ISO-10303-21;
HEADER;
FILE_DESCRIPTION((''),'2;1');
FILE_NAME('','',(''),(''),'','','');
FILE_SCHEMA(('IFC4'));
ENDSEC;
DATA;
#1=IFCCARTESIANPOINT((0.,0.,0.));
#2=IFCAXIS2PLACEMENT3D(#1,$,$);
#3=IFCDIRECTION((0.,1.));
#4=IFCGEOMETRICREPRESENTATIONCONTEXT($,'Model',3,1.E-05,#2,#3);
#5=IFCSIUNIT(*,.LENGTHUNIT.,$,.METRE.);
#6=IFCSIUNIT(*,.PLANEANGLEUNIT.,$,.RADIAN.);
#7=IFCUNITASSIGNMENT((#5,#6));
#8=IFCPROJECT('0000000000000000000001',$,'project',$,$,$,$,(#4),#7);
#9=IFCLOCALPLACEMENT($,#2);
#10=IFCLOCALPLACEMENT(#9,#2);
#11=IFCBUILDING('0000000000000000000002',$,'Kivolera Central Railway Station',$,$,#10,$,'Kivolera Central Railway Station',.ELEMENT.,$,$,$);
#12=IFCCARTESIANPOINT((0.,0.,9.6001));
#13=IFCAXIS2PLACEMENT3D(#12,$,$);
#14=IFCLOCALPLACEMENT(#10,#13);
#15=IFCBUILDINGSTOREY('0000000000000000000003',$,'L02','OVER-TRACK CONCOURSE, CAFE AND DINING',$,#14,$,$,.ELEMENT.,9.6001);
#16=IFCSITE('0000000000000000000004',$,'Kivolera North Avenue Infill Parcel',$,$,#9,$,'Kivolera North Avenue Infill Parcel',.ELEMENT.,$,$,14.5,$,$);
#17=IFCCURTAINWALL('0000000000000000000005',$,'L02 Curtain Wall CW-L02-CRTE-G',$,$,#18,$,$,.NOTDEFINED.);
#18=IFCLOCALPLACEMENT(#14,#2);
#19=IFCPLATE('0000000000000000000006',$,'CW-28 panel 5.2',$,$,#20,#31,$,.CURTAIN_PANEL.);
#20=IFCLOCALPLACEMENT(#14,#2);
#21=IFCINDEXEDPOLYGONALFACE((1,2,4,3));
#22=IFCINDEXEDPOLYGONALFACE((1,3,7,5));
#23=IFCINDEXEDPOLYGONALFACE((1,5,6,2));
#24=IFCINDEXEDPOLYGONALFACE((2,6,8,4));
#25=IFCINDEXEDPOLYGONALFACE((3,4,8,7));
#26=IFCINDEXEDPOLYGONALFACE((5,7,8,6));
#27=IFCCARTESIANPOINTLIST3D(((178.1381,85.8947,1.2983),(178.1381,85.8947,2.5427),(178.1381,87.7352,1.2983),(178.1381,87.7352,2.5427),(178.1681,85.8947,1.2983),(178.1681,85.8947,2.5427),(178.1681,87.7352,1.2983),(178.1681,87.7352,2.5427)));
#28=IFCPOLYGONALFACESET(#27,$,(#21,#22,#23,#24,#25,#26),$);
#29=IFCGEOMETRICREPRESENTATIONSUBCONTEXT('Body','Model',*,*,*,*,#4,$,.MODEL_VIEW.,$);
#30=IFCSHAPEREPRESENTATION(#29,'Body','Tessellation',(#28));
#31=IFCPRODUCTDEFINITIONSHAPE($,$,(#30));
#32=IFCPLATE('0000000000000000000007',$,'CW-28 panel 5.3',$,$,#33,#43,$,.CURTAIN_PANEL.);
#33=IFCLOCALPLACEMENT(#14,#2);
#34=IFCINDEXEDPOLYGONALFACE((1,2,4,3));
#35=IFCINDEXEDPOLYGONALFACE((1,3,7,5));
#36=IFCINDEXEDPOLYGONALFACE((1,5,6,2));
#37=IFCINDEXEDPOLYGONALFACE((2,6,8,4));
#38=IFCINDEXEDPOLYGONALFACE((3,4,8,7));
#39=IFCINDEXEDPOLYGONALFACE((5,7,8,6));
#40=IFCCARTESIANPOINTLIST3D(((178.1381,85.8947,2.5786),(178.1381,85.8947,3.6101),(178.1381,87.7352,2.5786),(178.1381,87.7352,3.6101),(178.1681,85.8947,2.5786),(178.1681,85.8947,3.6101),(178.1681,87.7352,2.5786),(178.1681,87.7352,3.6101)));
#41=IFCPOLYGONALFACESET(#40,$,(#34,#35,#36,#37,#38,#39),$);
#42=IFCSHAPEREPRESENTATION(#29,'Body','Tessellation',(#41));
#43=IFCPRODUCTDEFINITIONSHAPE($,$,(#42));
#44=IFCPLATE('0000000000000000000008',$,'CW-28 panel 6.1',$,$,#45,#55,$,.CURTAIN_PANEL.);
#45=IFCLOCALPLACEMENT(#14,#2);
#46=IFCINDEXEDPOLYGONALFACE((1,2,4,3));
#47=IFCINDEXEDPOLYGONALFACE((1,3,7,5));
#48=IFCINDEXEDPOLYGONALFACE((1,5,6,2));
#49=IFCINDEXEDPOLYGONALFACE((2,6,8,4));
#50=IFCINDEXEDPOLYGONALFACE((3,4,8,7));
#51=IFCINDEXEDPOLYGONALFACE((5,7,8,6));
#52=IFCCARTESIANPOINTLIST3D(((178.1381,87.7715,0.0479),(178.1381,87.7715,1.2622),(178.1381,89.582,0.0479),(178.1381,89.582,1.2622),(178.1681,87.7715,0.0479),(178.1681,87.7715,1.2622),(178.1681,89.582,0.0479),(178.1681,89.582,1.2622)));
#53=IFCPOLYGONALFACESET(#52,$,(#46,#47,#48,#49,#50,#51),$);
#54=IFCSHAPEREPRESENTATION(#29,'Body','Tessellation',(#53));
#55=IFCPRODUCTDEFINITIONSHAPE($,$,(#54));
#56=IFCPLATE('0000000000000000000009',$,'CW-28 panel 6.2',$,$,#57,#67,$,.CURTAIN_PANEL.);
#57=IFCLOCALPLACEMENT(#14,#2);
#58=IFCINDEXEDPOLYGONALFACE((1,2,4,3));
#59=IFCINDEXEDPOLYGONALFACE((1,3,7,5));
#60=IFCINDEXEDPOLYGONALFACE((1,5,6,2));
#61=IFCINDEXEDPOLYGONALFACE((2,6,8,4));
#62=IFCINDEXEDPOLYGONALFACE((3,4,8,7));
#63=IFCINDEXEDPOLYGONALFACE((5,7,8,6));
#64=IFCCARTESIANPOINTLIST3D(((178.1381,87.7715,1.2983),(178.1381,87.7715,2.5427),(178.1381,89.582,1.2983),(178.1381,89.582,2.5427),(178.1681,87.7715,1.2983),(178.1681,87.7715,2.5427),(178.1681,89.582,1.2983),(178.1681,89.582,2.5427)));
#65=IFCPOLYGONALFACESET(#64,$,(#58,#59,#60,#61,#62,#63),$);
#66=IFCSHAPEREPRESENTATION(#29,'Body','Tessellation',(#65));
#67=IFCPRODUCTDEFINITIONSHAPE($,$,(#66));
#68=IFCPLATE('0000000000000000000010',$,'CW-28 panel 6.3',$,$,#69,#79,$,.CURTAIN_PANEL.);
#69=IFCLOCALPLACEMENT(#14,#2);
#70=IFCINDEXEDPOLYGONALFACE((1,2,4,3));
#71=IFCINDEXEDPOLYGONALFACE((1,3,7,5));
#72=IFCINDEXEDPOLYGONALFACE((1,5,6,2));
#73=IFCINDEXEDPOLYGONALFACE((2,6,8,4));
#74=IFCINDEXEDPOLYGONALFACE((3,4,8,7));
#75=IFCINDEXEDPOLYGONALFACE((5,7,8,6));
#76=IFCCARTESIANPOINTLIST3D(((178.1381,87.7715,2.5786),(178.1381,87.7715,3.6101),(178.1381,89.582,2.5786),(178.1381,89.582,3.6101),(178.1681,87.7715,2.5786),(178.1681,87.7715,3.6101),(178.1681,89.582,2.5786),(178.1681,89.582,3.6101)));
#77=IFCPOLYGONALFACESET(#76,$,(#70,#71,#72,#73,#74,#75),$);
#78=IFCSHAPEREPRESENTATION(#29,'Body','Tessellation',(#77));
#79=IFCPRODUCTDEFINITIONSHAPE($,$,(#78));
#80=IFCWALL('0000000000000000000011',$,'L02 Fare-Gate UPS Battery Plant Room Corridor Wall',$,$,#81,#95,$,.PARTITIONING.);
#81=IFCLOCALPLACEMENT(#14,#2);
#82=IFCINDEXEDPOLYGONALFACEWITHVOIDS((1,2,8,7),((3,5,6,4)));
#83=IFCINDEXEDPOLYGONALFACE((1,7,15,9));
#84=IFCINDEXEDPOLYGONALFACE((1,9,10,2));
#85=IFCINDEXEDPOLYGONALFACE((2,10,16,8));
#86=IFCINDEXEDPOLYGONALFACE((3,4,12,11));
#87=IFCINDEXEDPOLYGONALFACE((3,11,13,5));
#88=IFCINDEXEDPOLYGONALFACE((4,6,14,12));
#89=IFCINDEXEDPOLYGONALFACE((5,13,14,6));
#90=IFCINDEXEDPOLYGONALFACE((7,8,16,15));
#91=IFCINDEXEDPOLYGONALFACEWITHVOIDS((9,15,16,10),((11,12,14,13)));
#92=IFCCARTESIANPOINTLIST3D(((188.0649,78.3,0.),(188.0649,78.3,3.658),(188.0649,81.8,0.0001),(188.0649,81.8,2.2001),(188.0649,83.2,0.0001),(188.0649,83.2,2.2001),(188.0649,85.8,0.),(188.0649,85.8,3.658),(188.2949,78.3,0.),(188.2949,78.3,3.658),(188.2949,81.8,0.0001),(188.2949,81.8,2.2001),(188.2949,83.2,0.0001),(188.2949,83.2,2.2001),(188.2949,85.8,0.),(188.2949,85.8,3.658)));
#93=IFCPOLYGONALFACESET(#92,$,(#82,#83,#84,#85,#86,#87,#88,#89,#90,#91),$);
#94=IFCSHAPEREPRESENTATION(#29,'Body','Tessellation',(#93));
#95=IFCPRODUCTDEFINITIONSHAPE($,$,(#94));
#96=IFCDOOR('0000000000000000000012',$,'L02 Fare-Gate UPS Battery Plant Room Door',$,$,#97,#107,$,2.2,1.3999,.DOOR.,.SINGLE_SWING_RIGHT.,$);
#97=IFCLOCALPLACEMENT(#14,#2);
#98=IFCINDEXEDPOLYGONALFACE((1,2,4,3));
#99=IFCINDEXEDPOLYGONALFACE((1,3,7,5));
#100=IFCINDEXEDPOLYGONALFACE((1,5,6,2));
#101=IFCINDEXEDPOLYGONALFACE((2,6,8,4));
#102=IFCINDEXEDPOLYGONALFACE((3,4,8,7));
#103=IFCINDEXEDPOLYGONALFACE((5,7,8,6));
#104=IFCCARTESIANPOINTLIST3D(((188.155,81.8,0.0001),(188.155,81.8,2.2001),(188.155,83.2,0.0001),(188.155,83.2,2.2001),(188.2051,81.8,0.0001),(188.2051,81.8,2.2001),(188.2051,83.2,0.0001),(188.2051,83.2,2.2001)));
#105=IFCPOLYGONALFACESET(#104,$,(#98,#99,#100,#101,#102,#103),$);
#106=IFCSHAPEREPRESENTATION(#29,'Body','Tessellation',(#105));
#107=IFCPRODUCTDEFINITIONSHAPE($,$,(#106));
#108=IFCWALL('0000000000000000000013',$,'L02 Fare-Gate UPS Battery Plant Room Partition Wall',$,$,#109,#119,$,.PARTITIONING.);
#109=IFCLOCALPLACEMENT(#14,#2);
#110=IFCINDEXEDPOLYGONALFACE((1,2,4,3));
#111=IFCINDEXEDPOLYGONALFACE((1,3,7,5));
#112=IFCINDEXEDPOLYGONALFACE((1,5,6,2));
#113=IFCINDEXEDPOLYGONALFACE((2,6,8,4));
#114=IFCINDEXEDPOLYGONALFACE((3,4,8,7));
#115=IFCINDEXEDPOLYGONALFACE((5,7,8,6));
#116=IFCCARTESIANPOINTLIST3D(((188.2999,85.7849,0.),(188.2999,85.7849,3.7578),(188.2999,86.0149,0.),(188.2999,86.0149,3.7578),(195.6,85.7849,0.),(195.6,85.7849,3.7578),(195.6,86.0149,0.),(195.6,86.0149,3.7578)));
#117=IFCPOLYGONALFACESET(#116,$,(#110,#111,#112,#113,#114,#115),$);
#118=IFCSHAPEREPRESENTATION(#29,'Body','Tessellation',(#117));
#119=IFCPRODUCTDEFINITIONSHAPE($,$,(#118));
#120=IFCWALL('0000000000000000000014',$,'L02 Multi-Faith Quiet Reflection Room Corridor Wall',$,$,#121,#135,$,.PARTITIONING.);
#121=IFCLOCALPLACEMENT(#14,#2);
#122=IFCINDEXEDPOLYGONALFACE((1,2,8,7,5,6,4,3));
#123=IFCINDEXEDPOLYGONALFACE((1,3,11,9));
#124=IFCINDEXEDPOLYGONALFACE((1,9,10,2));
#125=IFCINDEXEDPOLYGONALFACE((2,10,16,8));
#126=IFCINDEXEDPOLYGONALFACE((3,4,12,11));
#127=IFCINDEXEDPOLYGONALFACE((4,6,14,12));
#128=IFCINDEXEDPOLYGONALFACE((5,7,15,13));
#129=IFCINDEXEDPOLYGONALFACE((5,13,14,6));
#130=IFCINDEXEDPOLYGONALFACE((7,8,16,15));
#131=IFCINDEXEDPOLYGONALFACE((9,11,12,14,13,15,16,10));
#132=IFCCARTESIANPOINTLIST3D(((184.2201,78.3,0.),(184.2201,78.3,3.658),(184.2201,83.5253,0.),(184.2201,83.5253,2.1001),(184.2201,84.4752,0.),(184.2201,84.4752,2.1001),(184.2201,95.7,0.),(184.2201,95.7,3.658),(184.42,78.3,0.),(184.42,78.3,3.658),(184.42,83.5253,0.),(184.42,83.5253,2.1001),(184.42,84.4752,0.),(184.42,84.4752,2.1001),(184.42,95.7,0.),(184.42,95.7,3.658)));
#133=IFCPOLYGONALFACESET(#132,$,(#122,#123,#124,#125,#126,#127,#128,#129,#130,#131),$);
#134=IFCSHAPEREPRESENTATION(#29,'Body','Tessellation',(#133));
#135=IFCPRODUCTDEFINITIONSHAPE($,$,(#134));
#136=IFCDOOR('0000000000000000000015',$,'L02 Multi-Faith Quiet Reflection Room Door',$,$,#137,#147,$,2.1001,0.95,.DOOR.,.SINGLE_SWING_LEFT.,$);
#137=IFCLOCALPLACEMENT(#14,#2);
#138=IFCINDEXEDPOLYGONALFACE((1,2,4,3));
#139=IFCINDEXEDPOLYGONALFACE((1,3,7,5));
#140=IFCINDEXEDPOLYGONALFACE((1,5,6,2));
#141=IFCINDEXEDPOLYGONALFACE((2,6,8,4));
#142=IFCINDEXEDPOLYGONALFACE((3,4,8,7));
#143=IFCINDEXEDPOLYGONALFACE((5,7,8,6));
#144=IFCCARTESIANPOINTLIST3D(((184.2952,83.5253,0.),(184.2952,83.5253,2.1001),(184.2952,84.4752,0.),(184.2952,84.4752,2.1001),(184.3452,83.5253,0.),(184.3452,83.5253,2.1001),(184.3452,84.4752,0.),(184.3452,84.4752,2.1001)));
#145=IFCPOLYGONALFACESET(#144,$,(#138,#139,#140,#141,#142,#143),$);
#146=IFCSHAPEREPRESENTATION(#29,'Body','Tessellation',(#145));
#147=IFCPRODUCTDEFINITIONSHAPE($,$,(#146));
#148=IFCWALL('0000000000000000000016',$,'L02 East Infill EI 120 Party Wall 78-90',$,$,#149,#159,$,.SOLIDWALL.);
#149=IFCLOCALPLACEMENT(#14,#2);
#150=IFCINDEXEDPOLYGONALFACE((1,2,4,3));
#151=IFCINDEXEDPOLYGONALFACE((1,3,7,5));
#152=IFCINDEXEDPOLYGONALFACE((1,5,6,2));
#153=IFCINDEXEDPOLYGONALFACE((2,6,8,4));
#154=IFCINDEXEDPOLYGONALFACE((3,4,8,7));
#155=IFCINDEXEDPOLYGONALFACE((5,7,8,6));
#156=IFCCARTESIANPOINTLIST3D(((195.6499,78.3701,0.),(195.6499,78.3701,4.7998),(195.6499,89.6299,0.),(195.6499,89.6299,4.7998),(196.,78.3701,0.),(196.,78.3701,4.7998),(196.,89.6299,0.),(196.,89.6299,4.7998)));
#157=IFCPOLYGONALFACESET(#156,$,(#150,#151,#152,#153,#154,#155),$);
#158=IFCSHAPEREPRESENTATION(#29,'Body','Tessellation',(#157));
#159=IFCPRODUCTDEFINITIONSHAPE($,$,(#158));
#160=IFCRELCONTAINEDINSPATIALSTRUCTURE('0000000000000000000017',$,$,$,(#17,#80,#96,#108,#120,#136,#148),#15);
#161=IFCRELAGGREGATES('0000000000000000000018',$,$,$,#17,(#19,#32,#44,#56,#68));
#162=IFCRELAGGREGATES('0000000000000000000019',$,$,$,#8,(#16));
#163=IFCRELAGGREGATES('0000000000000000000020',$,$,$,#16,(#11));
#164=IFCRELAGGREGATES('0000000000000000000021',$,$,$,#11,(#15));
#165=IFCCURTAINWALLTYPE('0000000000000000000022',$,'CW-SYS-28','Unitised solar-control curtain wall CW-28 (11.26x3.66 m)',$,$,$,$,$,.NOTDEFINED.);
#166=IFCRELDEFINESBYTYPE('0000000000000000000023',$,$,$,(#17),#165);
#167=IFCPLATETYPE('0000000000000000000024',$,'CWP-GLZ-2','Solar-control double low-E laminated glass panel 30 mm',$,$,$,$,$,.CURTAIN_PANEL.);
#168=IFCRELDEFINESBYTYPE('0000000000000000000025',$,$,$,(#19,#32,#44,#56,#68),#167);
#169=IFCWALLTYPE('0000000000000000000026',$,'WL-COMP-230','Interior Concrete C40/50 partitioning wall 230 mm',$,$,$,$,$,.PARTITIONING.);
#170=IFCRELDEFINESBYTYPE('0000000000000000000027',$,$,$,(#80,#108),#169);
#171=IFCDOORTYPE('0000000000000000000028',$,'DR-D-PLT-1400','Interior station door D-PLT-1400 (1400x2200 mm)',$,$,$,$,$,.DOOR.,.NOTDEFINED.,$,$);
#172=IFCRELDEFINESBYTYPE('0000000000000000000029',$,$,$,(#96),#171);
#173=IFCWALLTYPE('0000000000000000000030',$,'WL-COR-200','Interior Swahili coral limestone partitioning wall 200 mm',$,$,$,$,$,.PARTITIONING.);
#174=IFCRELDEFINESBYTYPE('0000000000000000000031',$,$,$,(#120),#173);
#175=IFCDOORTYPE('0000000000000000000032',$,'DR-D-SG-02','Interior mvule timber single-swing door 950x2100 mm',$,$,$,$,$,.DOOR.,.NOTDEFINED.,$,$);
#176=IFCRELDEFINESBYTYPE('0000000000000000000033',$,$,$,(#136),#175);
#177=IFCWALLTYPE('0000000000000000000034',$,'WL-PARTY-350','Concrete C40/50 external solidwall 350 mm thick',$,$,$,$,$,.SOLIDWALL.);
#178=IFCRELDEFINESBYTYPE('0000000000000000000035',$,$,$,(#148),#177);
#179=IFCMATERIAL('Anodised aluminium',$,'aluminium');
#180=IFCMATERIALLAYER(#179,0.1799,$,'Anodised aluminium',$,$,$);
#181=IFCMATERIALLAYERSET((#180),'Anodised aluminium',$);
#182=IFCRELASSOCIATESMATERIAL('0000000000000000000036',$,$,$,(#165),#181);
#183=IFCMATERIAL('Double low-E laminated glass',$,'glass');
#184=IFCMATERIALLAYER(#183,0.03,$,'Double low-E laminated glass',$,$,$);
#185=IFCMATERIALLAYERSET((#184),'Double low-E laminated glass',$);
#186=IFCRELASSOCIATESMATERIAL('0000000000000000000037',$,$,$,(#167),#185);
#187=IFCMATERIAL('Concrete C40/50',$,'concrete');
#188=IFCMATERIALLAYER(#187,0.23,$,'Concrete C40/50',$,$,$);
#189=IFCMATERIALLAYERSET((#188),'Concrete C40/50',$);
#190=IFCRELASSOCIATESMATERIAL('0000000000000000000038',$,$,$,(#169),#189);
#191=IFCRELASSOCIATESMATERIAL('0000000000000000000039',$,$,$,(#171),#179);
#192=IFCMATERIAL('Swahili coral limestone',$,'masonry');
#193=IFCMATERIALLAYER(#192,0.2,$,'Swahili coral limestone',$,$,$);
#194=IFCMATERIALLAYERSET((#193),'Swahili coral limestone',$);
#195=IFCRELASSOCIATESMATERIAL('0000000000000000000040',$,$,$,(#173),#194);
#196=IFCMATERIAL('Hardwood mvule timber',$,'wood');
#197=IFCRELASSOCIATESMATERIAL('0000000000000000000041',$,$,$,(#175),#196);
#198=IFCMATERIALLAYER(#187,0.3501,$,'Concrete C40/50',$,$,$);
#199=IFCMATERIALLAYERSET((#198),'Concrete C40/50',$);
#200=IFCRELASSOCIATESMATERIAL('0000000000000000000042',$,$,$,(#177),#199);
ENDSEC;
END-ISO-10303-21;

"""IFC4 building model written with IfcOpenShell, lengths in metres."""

from ifc_helpers import new_model, si_unit, direction, frame, frame_2d, origin, origin_2d, place, context, subcontext, project, spatial, rectangle, extrude, material, layer, layer_set, type_object, element, fill, aggregate, save


model = new_model("IFC4")

# Units and contexts
model_context = context("Model", 3, precision=1e-05, world=origin(), true_north=direction((0.0, 1.0)))
body_context = subcontext(model_context, "Body", "Model", "MODEL_VIEW")
ifc_project = project(units=[si_unit("LENGTHUNIT", "METRE"), si_unit("PLANEANGLEUNIT", "RADIAN")], contexts=[model_context])

# Site, building, storey
site_placement = place(None, origin())
site = spatial("IfcSite", under=ifc_project, at=site_placement, Name="Kivolera North Avenue Infill Parcel", LongName="Kivolera North Avenue Infill Parcel", CompositionType="ELEMENT", RefElevation=14.5)
building_placement = place(site_placement, origin())
building = spatial("IfcBuilding", under=site, at=building_placement, Name="Kivolera Central Railway Station", LongName="Kivolera Central Railway Station", CompositionType="ELEMENT")
storey_placement = place(building_placement, frame((0.0, 0.0, 9.6001)))
storey = spatial("IfcBuildingStorey", under=building, at=storey_placement, Name="L02", Description="OVER-TRACK CONCOURSE, CAFE AND DINING", CompositionType="ELEMENT", Elevation=9.6001)

# Shared definitions
ifc_material_1 = material(Name="Concrete C40/50", Category="concrete")

# Curtain wall, plates
ifc_material_2 = material(Name="Anodised aluminium", Category="aluminium")
ifc_layer_1 = layer(ifc_material_2, 0.1799, Name="Anodised aluminium")
ifc_layer_set_1 = layer_set([ifc_layer_1], Name="Anodised aluminium")
curtain_wall_type = type_object("IfcCurtainWallType", Name="CW-SYS-28", Description="Unitised solar-control curtain wall CW-28 (11.26x3.66 m)", PredefinedType="NOTDEFINED", material=ifc_layer_set_1)
curtain_wall_placement = place(storey_placement, origin())
curtain_wall = element("IfcCurtainWall", 1, at=curtain_wall_placement, inside=storey, type_object=curtain_wall_type, Name="L02 Curtain Wall CW-L02-CRTE-G", PredefinedType="NOTDEFINED")
ifc_material_3 = material(Name="Double low-E laminated glass", Category="glass")
ifc_layer_2 = layer(ifc_material_3, 0.03, Name="Double low-E laminated glass")
ifc_layer_set_2 = layer_set([ifc_layer_2], Name="Double low-E laminated glass")
plate_type = type_object("IfcPlateType", Name="CWP-GLZ-2", Description="Solar-control double low-E laminated glass panel 30 mm", PredefinedType="CURTAIN_PANEL", material=ifc_layer_set_2)
plate_1_placement = place(storey_placement, frame((178.1531, 86.8149, 1.2983), z_axis=(0.0, 0.0, 1.0), x_axis=(0.0, 1.0, 0.0)))
plate_1 = element("IfcPlate", 2, at=plate_1_placement, type_object=plate_type, Name="CW-28 panel 5.2", PredefinedType="CURTAIN_PANEL", context=body_context, shape_type="SweptSolid", body=[
    extrude(rectangle(XDim=1.8406, YDim=0.03, at=origin_2d()), origin(), (0.0, 0.0, 1.0), 1.2444),
])
plate_2_placement = place(storey_placement, frame((178.1531, 86.8149, 2.5786), z_axis=(0.0, 0.0, 1.0), x_axis=(0.0, 1.0, 0.0)))
plate_2 = element("IfcPlate", 3, at=plate_2_placement, type_object=plate_type, Name="CW-28 panel 5.3", PredefinedType="CURTAIN_PANEL", context=body_context, shape_type="SweptSolid", body=[
    extrude(rectangle(XDim=1.8406, YDim=0.03, at=origin_2d()), origin(), (0.0, 0.0, 1.0), 1.0315),
])
plate_3_placement = place(storey_placement, frame((178.1531, 88.6768, 0.0479), z_axis=(0.0, 0.0, 1.0), x_axis=(0.0, 1.0, 0.0)))
plate_3 = element("IfcPlate", 4, at=plate_3_placement, type_object=plate_type, Name="CW-28 panel 6.1", PredefinedType="CURTAIN_PANEL", context=body_context, shape_type="SweptSolid", body=[
    extrude(rectangle(XDim=1.8105, YDim=0.03, at=origin_2d()), origin(), (0.0, 0.0, 1.0), 1.2144),
])
plate_4_placement = place(storey_placement, frame((178.1531, 88.6768, 1.2983), z_axis=(0.0, 0.0, 1.0), x_axis=(0.0, 1.0, 0.0)))
plate_4 = element("IfcPlate", 5, at=plate_4_placement, type_object=plate_type, Name="CW-28 panel 6.2", PredefinedType="CURTAIN_PANEL", context=body_context, shape_type="SweptSolid", body=[
    extrude(rectangle(XDim=1.8105, YDim=0.03, at=origin_2d()), origin(), (0.0, 0.0, 1.0), 1.2444),
])
plate_5_placement = place(storey_placement, frame((178.1531, 88.6768, 2.5786), z_axis=(0.0, 0.0, 1.0), x_axis=(0.0, 1.0, 0.0)))
plate_5 = element("IfcPlate", 6, at=plate_5_placement, type_object=plate_type, Name="CW-28 panel 6.3", PredefinedType="CURTAIN_PANEL", context=body_context, shape_type="SweptSolid", body=[
    extrude(rectangle(XDim=1.8105, YDim=0.03, at=origin_2d()), origin(), (0.0, 0.0, 1.0), 1.0315),
])
aggregate(curtain_wall, [plate_1, plate_2, plate_3, plate_4, plate_5])

# Wall, opening, door
ifc_layer_3 = layer(ifc_material_1, 0.23, Name="Concrete C40/50")
ifc_layer_set_3 = layer_set([ifc_layer_3], Name="Concrete C40/50")
wall_type_1 = type_object("IfcWallType", Name="WL-COMP-230", Description="Interior Concrete C40/50 partitioning wall 230 mm", PredefinedType="PARTITIONING", material=ifc_layer_set_3)
wall_1_placement = place(storey_placement, frame((188.1799, 78.3, 0.0), z_axis=(0.0, 0.0, 1.0), x_axis=(0.0, 1.0, 0.0)))
wall_1 = element("IfcWall", 7, at=wall_1_placement, inside=storey, type_object=wall_type_1, Name="L02 Fare-Gate UPS Battery Plant Room Corridor Wall", PredefinedType="PARTITIONING", context=body_context, shape_type="SweptSolid", body=[
    extrude(rectangle(XDim=7.5, YDim=0.23, at=frame_2d((3.75, 0.0))), origin(), (0.0, 0.0, 1.0), 3.658),
])
opening_1_placement = place(wall_1_placement, frame((3.5, 0.0, 0.0)))
opening_1 = element("IfcOpeningElement", 8, at=opening_1_placement, cuts=wall_1, PredefinedType="OPENING", context=body_context, shape_type="SweptSolid", body=[
    extrude(rectangle(XDim=1.3999, YDim=2.2, at=frame_2d((0.7, 1.1001))), frame((0.0, 0.125, 0.0), z_axis=(0.0, -1.0, 0.0), x_axis=(1.0, 0.0, 0.0)), (0.0, 0.0, 1.0), 0.25),
])
door_type_1 = type_object("IfcDoorType", Name="DR-D-PLT-1400", Description="Interior station door D-PLT-1400 (1400x2200 mm)", OperationType="NOTDEFINED", PredefinedType="DOOR", material=ifc_material_2)
door_1_placement = place(opening_1_placement, origin())
door_1 = element("IfcDoor", 9, at=door_1_placement, inside=storey, type_object=door_type_1, Name="L02 Fare-Gate UPS Battery Plant Room Door", OperationType="SINGLE_SWING_RIGHT", OverallHeight=2.2, OverallWidth=1.3999, PredefinedType="DOOR", context=body_context, shape_type="SweptSolid", body=[
    extrude(rectangle(XDim=1.3999, YDim=2.2, at=frame_2d((0.7, 1.1001))), frame((0.0, 0.0249, 0.0), z_axis=(0.0, -1.0, 0.0), x_axis=(1.0, 0.0, 0.0)), (0.0, 0.0, 1.0), 0.05),
])
fill(opening_1, door_1)

# Wall
wall_2_placement = place(storey_placement, frame((188.3, 85.8999, 0.0), z_axis=(0.0, 0.0, 1.0), x_axis=(1.0, 0.0, 0.0)))
element("IfcWall", 10, at=wall_2_placement, inside=storey, type_object=wall_type_1, Name="L02 Fare-Gate UPS Battery Plant Room Partition Wall", PredefinedType="PARTITIONING", context=body_context, shape_type="SweptSolid", body=[
    extrude(rectangle(XDim=7.3, YDim=0.23, at=frame_2d((3.6499, 0.0))), origin(), (0.0, 0.0, 1.0), 3.7578),
])

# Wall, opening, door
ifc_material_4 = material(Name="Swahili coral limestone", Category="masonry")
ifc_layer_4 = layer(ifc_material_4, 0.2, Name="Swahili coral limestone")
ifc_layer_set_4 = layer_set([ifc_layer_4], Name="Swahili coral limestone")
wall_type_2 = type_object("IfcWallType", Name="WL-COR-200", Description="Interior Swahili coral limestone partitioning wall 200 mm", PredefinedType="PARTITIONING", material=ifc_layer_set_4)
wall_3_placement = place(storey_placement, frame((184.3201, 78.3, 0.0), z_axis=(0.0, 0.0, 1.0), x_axis=(0.0, 1.0, 0.0)))
wall_3 = element("IfcWall", 11, at=wall_3_placement, inside=storey, type_object=wall_type_2, Name="L02 Multi-Faith Quiet Reflection Room Corridor Wall", PredefinedType="PARTITIONING", context=body_context, shape_type="SweptSolid", body=[
    extrude(rectangle(XDim=17.3999, YDim=0.2, at=frame_2d((8.7, 0.0))), origin(), (0.0, 0.0, 1.0), 3.658),
])
opening_2_placement = place(wall_3_placement, frame((5.2251, 0.0, 0.0)))
opening_2 = element("IfcOpeningElement", 12, at=opening_2_placement, cuts=wall_3, PredefinedType="OPENING", context=body_context, shape_type="SweptSolid", body=[
    extrude(rectangle(XDim=0.95, YDim=2.1001, at=frame_2d((0.4751, 1.05))), frame((0.0, 0.1099, 0.0), z_axis=(0.0, -1.0, 0.0), x_axis=(1.0, 0.0, 0.0)), (0.0, 0.0, 1.0), 0.22),
])
ifc_material_5 = material(Name="Hardwood mvule timber", Category="wood")
door_type_2 = type_object("IfcDoorType", Name="DR-D-SG-02", Description="Interior mvule timber single-swing door 950x2100 mm", OperationType="NOTDEFINED", PredefinedType="DOOR", material=ifc_material_5)
door_2_placement = place(opening_2_placement, origin())
door_2 = element("IfcDoor", 13, at=door_2_placement, inside=storey, type_object=door_type_2, Name="L02 Multi-Faith Quiet Reflection Room Door", OperationType="SINGLE_SWING_LEFT", OverallHeight=2.1001, OverallWidth=0.95, PredefinedType="DOOR", context=body_context, shape_type="SweptSolid", body=[
    extrude(rectangle(XDim=0.95, YDim=2.1001, at=frame_2d((0.4751, 1.05))), frame((0.0, 0.0249, 0.0), z_axis=(0.0, -1.0, 0.0), x_axis=(1.0, 0.0, 0.0)), (0.0, 0.0, 1.0), 0.05),
])
fill(opening_2, door_2)

# Wall
ifc_layer_5 = layer(ifc_material_1, 0.3501, Name="Concrete C40/50")
ifc_layer_set_5 = layer_set([ifc_layer_5], Name="Concrete C40/50")
wall_type_3 = type_object("IfcWallType", Name="WL-PARTY-350", Description="Concrete C40/50 external solidwall 350 mm thick", PredefinedType="SOLIDWALL", material=ifc_layer_set_5)
wall_4_placement = place(storey_placement, frame((195.825, 89.6299, 0.0), z_axis=(0.0, 0.0, 1.0), x_axis=(0.0, -1.0, 0.0)))
element("IfcWall", 14, at=wall_4_placement, inside=storey, type_object=wall_type_3, Name="L02 East Infill EI 120 Party Wall 78-90", PredefinedType="SOLIDWALL", context=body_context, shape_type="SweptSolid", body=[
    extrude(rectangle(XDim=11.2598, YDim=0.3501, at=frame_2d((5.6299, 0.0))), origin(), (0.0, 0.0, 1.0), 4.7998),
])

save(model, "model.ifc")
